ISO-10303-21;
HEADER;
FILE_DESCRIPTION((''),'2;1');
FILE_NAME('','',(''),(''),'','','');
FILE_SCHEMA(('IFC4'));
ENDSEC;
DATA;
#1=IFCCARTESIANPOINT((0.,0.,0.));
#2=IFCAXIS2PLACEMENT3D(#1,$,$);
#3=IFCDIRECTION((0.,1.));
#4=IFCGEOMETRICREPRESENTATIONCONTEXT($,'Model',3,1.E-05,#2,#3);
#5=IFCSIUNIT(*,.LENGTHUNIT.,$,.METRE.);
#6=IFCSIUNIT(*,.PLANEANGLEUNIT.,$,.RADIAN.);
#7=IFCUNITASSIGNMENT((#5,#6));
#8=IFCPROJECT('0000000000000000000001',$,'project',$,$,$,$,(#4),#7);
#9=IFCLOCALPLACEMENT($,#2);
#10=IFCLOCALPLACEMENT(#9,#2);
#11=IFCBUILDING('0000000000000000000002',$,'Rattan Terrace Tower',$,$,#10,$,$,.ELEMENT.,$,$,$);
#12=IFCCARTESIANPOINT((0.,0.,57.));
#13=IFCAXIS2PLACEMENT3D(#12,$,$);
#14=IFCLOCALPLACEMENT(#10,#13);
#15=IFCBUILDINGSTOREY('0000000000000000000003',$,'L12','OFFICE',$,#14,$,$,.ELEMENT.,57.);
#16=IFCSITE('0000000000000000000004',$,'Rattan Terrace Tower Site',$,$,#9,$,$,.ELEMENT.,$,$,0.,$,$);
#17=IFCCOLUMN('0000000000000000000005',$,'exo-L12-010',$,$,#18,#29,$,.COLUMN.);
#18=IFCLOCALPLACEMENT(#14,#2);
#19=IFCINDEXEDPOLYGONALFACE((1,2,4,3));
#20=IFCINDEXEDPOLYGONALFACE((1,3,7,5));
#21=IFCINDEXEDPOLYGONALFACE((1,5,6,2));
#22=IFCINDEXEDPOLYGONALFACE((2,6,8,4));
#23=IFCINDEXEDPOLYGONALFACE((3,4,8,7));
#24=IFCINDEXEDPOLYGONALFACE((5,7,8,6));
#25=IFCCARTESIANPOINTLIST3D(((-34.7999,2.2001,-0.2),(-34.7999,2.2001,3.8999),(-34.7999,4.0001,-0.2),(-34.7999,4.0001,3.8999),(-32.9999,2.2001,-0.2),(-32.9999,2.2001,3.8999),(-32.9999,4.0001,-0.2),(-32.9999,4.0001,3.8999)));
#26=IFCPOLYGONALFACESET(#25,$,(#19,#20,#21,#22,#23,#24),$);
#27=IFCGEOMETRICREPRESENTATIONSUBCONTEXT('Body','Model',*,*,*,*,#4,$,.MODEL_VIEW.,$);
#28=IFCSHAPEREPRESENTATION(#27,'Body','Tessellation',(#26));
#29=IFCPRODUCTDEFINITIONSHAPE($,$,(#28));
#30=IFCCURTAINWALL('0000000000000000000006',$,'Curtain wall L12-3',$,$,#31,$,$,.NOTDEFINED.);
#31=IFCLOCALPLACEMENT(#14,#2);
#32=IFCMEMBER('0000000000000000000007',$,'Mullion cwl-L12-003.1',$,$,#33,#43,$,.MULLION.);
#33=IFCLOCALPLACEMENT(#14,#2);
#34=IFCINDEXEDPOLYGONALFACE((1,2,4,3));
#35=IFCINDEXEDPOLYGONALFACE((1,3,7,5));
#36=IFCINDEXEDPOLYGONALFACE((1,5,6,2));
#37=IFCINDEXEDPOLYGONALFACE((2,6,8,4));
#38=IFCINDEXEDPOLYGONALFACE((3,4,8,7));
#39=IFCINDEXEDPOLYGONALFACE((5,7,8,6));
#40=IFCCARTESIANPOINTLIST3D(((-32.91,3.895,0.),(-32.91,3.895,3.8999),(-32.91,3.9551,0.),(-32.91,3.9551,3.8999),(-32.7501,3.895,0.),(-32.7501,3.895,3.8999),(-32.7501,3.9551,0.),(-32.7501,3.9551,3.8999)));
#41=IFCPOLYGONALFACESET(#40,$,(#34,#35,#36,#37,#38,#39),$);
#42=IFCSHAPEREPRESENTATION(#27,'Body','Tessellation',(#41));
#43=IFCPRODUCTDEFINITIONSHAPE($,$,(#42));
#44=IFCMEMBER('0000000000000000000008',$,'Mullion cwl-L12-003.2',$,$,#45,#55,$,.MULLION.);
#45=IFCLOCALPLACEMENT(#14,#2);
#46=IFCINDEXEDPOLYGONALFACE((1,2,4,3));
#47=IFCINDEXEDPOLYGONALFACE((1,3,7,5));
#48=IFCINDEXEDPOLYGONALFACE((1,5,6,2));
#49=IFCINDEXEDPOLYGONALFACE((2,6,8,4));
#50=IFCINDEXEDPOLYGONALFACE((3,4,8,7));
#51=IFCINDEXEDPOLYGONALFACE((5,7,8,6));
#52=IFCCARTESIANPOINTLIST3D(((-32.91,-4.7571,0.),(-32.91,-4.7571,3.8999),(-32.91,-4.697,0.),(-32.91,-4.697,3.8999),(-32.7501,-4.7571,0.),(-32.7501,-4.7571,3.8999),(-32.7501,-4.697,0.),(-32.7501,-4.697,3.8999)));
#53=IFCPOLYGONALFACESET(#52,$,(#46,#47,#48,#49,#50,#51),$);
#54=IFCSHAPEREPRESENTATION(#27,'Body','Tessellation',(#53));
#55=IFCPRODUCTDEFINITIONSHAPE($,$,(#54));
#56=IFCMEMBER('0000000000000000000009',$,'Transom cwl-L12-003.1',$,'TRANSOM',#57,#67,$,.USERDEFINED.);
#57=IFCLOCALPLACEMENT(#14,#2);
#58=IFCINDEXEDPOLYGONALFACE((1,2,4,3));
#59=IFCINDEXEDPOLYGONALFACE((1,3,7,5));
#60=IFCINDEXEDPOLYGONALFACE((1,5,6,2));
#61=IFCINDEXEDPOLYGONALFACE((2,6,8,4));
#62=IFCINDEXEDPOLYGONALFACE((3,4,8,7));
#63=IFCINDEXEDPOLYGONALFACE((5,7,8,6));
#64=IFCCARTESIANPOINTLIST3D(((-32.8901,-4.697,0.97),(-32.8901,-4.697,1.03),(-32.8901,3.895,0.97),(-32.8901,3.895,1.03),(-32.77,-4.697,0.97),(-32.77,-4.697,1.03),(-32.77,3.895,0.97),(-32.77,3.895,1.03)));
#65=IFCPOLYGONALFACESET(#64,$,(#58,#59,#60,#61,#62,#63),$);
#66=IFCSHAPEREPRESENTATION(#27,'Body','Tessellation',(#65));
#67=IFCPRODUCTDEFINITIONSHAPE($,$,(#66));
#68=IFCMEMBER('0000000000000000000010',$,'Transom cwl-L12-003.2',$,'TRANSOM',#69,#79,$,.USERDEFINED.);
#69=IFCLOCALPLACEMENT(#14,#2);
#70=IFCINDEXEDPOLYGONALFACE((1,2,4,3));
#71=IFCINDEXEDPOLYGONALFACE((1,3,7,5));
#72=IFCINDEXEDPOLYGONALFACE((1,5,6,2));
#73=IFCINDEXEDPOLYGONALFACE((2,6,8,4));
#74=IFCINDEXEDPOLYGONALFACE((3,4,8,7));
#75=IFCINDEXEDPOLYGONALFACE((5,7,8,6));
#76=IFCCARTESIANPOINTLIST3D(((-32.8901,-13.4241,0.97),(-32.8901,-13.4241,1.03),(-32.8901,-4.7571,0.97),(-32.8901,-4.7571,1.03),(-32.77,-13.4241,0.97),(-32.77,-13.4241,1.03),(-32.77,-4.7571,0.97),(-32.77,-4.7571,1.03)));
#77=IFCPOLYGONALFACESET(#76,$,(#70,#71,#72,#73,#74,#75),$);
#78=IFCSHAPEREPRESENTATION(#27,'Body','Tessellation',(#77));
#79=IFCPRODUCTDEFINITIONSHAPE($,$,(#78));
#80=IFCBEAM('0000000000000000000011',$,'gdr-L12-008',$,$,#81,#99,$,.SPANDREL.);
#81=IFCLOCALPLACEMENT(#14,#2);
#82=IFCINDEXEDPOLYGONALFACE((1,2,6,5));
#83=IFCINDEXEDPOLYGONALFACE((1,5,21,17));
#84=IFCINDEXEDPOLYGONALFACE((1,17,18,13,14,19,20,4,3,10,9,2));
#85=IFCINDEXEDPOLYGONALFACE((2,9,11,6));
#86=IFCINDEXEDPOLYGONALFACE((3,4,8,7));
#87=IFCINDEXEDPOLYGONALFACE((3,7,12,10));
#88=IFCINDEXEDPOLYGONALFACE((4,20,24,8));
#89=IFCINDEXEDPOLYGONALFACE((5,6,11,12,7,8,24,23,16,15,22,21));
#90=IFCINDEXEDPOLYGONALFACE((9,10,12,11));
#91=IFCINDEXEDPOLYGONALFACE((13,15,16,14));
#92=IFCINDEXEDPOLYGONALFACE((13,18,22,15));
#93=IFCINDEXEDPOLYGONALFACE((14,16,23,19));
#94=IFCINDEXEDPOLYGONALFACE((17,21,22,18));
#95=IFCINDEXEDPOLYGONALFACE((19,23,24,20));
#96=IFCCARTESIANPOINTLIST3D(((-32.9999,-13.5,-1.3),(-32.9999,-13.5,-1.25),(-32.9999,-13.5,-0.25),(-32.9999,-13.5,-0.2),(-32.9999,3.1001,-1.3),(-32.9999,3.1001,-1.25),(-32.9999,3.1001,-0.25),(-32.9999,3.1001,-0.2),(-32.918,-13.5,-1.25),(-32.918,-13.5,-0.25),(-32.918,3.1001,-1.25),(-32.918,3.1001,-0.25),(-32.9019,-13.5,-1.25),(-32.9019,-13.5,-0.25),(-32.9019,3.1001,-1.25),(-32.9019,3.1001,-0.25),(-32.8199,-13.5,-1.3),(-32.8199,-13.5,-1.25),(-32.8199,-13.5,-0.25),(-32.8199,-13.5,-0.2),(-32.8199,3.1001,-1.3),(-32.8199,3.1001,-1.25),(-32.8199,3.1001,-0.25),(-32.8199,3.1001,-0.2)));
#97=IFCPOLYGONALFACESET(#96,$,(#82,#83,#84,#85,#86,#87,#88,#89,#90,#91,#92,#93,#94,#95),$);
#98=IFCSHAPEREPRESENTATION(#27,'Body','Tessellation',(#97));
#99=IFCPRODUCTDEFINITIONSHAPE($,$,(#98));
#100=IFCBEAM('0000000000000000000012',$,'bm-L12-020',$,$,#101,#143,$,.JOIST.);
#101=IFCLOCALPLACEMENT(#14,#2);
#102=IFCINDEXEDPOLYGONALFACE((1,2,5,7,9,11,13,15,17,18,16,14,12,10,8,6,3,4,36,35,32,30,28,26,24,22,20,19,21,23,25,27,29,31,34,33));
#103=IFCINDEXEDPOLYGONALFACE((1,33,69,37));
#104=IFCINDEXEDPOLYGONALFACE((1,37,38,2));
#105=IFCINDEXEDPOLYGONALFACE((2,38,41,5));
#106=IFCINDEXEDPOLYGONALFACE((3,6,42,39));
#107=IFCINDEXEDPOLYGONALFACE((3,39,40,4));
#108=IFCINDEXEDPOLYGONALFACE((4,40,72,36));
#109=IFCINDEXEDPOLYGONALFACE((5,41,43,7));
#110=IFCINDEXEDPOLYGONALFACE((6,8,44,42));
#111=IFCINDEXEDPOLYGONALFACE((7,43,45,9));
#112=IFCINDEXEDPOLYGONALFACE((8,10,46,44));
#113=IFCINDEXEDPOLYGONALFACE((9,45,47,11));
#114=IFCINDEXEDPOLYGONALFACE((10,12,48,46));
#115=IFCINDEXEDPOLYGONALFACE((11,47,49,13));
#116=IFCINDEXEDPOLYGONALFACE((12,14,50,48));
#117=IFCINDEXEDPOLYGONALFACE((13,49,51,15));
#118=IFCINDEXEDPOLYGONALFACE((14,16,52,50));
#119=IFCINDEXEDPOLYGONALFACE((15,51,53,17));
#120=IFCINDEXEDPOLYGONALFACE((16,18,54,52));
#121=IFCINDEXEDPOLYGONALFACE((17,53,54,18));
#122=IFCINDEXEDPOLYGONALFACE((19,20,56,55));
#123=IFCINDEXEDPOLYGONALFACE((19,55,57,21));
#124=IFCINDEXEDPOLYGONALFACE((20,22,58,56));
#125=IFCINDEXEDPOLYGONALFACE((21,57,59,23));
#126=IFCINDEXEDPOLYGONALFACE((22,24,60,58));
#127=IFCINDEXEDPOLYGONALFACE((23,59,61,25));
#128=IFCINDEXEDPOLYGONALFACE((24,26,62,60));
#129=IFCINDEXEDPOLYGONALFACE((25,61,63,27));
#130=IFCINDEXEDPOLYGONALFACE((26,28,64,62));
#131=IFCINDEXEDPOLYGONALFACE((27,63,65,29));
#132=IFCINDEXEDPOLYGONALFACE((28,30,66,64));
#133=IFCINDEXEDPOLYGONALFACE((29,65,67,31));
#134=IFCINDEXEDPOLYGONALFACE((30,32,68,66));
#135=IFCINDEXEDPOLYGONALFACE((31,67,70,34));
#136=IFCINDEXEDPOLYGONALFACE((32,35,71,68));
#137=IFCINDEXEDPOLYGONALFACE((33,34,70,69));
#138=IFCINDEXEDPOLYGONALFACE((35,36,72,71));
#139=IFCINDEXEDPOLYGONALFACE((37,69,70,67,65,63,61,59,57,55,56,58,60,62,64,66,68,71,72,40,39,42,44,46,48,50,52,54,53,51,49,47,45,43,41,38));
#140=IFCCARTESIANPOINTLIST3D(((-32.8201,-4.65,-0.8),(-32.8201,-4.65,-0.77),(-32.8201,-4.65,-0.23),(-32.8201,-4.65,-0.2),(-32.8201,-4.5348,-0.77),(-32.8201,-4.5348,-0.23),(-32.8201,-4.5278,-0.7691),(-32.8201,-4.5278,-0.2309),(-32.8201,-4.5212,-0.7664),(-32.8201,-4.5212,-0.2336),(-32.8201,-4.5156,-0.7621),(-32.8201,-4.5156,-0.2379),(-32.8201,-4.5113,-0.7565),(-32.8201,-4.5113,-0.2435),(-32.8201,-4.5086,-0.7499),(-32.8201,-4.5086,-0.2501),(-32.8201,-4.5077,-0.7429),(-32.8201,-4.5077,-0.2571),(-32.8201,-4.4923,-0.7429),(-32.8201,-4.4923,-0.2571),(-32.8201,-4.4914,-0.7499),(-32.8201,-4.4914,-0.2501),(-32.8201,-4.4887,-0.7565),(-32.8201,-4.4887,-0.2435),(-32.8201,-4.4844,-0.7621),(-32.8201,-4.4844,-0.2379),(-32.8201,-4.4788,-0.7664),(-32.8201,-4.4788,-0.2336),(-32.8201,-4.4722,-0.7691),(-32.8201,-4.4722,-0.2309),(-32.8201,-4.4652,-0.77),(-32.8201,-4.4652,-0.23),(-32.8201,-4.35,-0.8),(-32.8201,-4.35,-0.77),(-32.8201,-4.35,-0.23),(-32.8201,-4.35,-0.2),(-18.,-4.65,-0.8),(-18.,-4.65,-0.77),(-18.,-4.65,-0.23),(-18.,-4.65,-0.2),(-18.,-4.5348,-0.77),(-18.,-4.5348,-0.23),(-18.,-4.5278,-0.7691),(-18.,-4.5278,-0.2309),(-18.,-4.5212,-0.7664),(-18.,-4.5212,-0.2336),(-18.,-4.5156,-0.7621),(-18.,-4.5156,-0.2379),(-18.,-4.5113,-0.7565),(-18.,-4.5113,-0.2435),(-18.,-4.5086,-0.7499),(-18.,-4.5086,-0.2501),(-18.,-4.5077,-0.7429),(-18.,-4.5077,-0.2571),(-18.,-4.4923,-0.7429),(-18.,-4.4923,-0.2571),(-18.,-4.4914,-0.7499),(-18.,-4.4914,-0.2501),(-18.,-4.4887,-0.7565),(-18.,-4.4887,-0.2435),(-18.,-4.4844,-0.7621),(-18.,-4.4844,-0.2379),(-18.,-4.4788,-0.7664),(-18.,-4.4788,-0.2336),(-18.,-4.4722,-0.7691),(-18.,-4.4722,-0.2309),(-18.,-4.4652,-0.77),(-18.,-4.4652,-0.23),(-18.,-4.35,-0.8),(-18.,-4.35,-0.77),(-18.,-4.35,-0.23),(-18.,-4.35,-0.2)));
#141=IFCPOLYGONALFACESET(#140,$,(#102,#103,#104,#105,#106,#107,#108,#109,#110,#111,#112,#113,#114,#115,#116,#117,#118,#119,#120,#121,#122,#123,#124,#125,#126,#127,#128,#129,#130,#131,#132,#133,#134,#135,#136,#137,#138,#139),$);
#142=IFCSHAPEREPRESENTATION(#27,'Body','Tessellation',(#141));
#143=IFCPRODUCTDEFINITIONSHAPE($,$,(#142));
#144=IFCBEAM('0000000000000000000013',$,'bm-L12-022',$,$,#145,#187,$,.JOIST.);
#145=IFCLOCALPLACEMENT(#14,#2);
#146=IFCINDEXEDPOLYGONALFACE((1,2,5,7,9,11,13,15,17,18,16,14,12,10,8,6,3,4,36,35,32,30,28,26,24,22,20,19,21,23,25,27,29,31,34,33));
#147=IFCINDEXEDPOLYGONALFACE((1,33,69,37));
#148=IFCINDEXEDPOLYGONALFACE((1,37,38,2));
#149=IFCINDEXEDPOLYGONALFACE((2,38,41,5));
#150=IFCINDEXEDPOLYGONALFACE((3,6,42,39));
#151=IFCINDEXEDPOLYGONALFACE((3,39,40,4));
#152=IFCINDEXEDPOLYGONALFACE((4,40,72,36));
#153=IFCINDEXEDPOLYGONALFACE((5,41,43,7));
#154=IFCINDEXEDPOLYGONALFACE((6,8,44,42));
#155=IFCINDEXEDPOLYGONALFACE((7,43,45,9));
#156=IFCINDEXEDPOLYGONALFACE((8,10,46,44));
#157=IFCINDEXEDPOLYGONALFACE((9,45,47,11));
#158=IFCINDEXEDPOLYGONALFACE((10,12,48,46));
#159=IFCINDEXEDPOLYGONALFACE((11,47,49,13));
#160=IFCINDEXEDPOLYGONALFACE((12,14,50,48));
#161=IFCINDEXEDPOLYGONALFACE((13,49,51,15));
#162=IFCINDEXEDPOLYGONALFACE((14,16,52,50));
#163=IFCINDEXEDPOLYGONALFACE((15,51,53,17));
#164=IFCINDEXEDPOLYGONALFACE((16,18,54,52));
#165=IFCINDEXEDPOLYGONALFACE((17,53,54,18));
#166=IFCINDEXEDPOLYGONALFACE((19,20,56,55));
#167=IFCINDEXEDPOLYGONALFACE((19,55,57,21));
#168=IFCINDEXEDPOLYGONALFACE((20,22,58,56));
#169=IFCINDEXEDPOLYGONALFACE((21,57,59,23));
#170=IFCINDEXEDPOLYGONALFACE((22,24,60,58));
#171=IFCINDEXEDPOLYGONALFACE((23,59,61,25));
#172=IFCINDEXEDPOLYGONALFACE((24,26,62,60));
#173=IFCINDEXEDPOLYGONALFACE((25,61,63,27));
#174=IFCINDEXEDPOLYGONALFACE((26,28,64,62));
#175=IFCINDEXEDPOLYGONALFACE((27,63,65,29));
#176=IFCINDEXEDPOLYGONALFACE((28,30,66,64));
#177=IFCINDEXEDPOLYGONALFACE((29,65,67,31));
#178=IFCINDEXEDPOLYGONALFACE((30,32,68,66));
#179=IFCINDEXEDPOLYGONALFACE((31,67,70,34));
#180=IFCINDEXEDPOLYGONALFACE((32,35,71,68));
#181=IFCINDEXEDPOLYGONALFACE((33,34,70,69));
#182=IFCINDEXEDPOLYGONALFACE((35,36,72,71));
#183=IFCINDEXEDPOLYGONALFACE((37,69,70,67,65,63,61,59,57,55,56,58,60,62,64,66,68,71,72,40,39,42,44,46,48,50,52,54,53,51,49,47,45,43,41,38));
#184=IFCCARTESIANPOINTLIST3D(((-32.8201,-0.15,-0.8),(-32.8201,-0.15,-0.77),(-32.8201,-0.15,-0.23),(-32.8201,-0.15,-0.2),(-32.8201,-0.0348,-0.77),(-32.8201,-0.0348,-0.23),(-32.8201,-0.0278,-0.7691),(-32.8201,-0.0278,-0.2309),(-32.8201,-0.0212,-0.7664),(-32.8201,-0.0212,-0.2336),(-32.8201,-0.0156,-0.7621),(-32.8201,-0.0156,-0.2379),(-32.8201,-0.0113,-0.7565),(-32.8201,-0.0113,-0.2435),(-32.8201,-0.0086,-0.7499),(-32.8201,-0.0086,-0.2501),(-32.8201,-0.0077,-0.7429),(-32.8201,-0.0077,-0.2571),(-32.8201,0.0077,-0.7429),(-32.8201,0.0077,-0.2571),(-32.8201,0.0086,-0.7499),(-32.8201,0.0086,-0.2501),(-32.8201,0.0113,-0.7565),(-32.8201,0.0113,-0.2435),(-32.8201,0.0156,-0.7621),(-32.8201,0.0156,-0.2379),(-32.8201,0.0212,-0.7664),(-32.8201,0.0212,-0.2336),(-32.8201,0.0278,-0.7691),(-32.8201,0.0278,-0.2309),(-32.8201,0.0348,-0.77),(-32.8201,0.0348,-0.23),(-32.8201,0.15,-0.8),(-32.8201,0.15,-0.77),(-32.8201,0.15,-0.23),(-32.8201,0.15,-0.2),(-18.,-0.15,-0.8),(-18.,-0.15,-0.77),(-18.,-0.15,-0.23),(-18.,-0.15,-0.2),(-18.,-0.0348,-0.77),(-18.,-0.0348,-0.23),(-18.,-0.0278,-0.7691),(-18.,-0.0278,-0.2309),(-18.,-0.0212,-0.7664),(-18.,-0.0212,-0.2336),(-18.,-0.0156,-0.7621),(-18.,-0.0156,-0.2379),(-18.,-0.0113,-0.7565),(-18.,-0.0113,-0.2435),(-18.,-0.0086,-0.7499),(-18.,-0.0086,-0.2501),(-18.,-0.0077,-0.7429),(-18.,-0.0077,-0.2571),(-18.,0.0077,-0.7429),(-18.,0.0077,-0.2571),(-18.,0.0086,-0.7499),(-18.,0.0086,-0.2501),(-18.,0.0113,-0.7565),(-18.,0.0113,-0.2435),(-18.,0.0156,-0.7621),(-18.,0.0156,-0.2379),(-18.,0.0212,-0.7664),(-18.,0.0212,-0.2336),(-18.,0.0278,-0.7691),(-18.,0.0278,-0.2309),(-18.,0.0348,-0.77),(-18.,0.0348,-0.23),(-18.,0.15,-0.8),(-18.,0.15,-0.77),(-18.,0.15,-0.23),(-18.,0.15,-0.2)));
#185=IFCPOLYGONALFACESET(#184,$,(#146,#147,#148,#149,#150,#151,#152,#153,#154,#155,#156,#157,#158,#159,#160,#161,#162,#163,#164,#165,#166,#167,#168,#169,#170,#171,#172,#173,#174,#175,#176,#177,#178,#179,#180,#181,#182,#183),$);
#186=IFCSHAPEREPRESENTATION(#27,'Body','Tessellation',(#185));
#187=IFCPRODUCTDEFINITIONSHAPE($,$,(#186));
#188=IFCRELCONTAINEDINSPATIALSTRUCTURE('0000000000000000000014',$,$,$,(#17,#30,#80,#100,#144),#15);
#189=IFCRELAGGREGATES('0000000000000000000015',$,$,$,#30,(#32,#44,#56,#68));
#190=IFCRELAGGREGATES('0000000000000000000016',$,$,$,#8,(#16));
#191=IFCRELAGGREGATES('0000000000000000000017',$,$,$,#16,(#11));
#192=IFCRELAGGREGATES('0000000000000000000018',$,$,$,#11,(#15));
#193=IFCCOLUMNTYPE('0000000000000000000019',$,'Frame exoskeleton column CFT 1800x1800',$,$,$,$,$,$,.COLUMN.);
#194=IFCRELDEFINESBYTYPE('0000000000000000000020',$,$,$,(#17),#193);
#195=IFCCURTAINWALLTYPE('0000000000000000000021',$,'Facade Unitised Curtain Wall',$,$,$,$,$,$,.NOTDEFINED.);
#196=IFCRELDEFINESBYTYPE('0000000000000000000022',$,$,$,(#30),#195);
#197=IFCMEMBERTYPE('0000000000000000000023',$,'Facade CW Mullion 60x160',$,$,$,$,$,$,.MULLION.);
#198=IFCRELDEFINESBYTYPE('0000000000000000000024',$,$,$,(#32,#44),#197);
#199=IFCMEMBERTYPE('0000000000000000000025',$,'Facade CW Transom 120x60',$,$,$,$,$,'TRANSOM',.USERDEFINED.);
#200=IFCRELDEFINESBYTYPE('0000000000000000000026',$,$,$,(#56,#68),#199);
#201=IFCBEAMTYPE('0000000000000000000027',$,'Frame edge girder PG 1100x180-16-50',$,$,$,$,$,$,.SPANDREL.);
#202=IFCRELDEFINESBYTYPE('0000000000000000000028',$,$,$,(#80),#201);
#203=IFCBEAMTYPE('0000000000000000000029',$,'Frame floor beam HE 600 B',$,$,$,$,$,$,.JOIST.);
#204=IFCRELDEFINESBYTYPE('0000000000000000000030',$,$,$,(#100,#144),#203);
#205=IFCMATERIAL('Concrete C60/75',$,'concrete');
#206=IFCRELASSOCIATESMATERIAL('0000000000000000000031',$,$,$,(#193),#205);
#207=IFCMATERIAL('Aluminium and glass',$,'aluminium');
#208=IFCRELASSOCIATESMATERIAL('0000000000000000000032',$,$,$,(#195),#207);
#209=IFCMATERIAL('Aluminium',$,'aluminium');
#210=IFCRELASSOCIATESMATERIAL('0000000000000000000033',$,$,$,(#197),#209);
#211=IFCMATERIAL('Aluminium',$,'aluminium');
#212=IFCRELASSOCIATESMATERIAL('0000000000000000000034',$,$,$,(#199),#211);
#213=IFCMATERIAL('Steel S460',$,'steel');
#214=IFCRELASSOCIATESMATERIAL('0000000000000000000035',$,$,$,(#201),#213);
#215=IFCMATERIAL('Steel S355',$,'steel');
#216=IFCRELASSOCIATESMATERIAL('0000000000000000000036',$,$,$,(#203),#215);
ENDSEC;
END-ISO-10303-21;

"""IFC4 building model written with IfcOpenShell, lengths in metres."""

from ifc_helpers import new_model, si_unit, direction, frame, origin, origin_2d, place, context, subcontext, project, spatial, rectangle, i_section, extrude, material, material_profile, profile_set, type_object, element, aggregate, save


model = new_model("IFC4")

# Units and contexts
model_context = context("Model", 3, precision=1e-05, world=origin(), true_north=direction((0.0, 1.0)))
body_context = subcontext(model_context, "Body", "Model", "MODEL_VIEW")
ifc_project = project(units=[si_unit("LENGTHUNIT", "METRE"), si_unit("PLANEANGLEUNIT", "RADIAN")], contexts=[model_context])

# Site, building, storey
site_placement = place(None, origin())
site = spatial("IfcSite", under=ifc_project, at=site_placement, Name="Rattan Terrace Tower Site", CompositionType="ELEMENT", RefElevation=0.0)
building_placement = place(site_placement, origin())
building = spatial("IfcBuilding", under=site, at=building_placement, Name="Rattan Terrace Tower", CompositionType="ELEMENT")
storey_placement = place(building_placement, frame((0.0, 0.0, 57.0)))
storey = spatial("IfcBuildingStorey", under=building, at=storey_placement, Name="L12", Description="OFFICE", CompositionType="ELEMENT", Elevation=57.0)

# Column
ifc_material_1 = material(Name="Concrete C60/75", Category="concrete")
ifc_material_profile_1 = material_profile(ifc_material_1, rectangle(XDim=1.8, YDim=1.8, at=origin_2d()), Name="CFT 1800x1800")
ifc_profile_set_1 = profile_set([ifc_material_profile_1], Name="Concrete C60/75")
column_type = type_object("IfcColumnType", Name="Frame exoskeleton column CFT 1800x1800", PredefinedType="COLUMN", material=ifc_profile_set_1)
column_placement = place(storey_placement, frame((-33.8999, 3.1001, -0.2), z_axis=(0.0, 0.0, 1.0), x_axis=(0.0, 1.0, 0.0)))
element("IfcColumn", 1, at=column_placement, inside=storey, type_object=column_type, Name="exo-L12-010", PredefinedType="COLUMN", context=body_context, shape_type="SweptSolid", body=[
    extrude(rectangle(XDim=1.8, YDim=1.8, at=origin_2d()), origin(), (0.0, 0.0, 1.0), 4.0999),
])

# Curtain wall, members
ifc_material_2 = material(Name="Aluminium and glass", Category="aluminium")
curtain_wall_type = type_object("IfcCurtainWallType", Name="Facade Unitised Curtain Wall", PredefinedType="NOTDEFINED", material=ifc_material_2)
curtain_wall_placement = place(storey_placement, origin())
curtain_wall = element("IfcCurtainWall", 2, at=curtain_wall_placement, inside=storey, type_object=curtain_wall_type, Name="Curtain wall L12-3", PredefinedType="NOTDEFINED")
ifc_material_3 = material(Name="Aluminium", Category="aluminium")
ifc_material_profile_2 = material_profile(ifc_material_3, rectangle(XDim=0.0601, YDim=0.1599, at=origin_2d()), Name="Aluminium 60x160")
ifc_profile_set_2 = profile_set([ifc_material_profile_2], Name="Aluminium")
member_type_1 = type_object("IfcMemberType", Name="Facade CW Mullion 60x160", PredefinedType="MULLION", material=ifc_profile_set_2)
member_1_placement = place(storey_placement, frame((-32.8301, 3.925, 0.0), z_axis=(0.0, 0.0, 1.0), x_axis=(0.0, -1.0, 0.0)))
member_1 = element("IfcMember", 3, at=member_1_placement, type_object=member_type_1, Name="Mullion cwl-L12-003.1", PredefinedType="MULLION", context=body_context, shape_type="SweptSolid", body=[
    extrude(rectangle(XDim=0.0601, YDim=0.1599, at=origin_2d()), origin(), (0.0, 0.0, 1.0), 3.8999),
])
member_2_placement = place(storey_placement, frame((-32.8301, -4.7271, 0.0), z_axis=(0.0, 0.0, 1.0), x_axis=(0.0, -1.0, 0.0)))
member_2 = element("IfcMember", 4, at=member_2_placement, type_object=member_type_1, Name="Mullion cwl-L12-003.2", PredefinedType="MULLION", context=body_context, shape_type="SweptSolid", body=[
    extrude(rectangle(XDim=0.0601, YDim=0.1599, at=origin_2d()), origin(), (0.0, 0.0, 1.0), 3.8999),
])
ifc_material_4 = material(Name="Aluminium", Category="aluminium")
ifc_material_profile_3 = material_profile(ifc_material_4, rectangle(XDim=0.1201, YDim=0.0601, at=origin_2d()), Name="Aluminium 120x60")
ifc_profile_set_3 = profile_set([ifc_material_profile_3], Name="Aluminium")
member_type_2 = type_object("IfcMemberType", Name="Facade CW Transom 120x60", ElementType="TRANSOM", PredefinedType="USERDEFINED", material=ifc_profile_set_3)
member_3_placement = place(storey_placement, frame((-32.8301, 3.895, 1.0), z_axis=(0.0, -1.0, 0.0), x_axis=(1.0, 0.0, 0.0)))
member_3 = element("IfcMember", 5, at=member_3_placement, type_object=member_type_2, Name="Transom cwl-L12-003.1", ObjectType="TRANSOM", PredefinedType="USERDEFINED", context=body_context, shape_type="SweptSolid", body=[
    extrude(rectangle(XDim=0.1201, YDim=0.0601, at=origin_2d()), origin(), (0.0, 0.0, 1.0), 8.592),
])
member_4_placement = place(storey_placement, frame((-32.8301, -4.7571, 1.0), z_axis=(0.0, -1.0, 0.0), x_axis=(1.0, 0.0, 0.0)))
member_4 = element("IfcMember", 6, at=member_4_placement, type_object=member_type_2, Name="Transom cwl-L12-003.2", ObjectType="TRANSOM", PredefinedType="USERDEFINED", context=body_context, shape_type="SweptSolid", body=[
    extrude(rectangle(XDim=0.1201, YDim=0.0601, at=origin_2d()), origin(), (0.0, 0.0, 1.0), 8.667),
])

# Beams
ifc_material_5 = material(Name="Steel S460", Category="steel")
ifc_material_profile_4 = material_profile(ifc_material_5, i_section(OverallWidth=0.1799, OverallDepth=1.1001, WebThickness=0.0161, FlangeThickness=0.05, at=origin_2d()), Name="PG 1100x180-16-50")
ifc_profile_set_4 = profile_set([ifc_material_profile_4], Name="Steel S460")
beam_type_1 = type_object("IfcBeamType", Name="Frame edge girder PG 1100x180-16-50", PredefinedType="SPANDREL", material=ifc_profile_set_4)
beam_placement = place(storey_placement, frame((-32.9099, 3.1001, -0.75), z_axis=(0.0, -1.0, 0.0), x_axis=(1.0, 0.0, 0.0)))
element("IfcBeam", 7, at=beam_placement, inside=storey, type_object=beam_type_1, Name="gdr-L12-008", PredefinedType="SPANDREL", context=body_context, shape_type="SweptSolid", body=[
    extrude(i_section(OverallWidth=0.1799, OverallDepth=1.1001, WebThickness=0.0161, FlangeThickness=0.05, at=origin_2d()), origin(), (0.0, 0.0, 1.0), 16.6001),
])
ifc_material_6 = material(Name="Steel S355", Category="steel")
ifc_material_profile_5 = material_profile(ifc_material_6, i_section(OverallWidth=0.3, OverallDepth=0.6001, WebThickness=0.0154, FlangeThickness=0.03, FilletRadius=0.0271, at=origin_2d()), Name="HE 600 B")
ifc_profile_set_5 = profile_set([ifc_material_profile_5], Name="Steel S355")
beam_type_2 = type_object("IfcBeamType", Name="Frame floor beam HE 600 B", PredefinedType="JOIST", material=ifc_profile_set_5)
for number, where, z_axis, x_axis, name in (
    (8, (-32.8201, -4.5, -0.5), (1.0, 0.0, 0.0), (0.0, 1.0, 0.0), "bm-L12-020"),
    (9, (-32.8201, 0.0, -0.5), (1.0, 0.0, 0.0), (0.0, 1.0, 0.0), "bm-L12-022"),
):
    element("IfcBeam", number, at=place(storey_placement, frame(where, z_axis=z_axis, x_axis=x_axis)), inside=storey, type_object=beam_type_2, Name=name, PredefinedType="JOIST", context=body_context, shape_type="SweptSolid", body=[
        extrude(i_section(OverallWidth=0.3, OverallDepth=0.6001, WebThickness=0.0154, FlangeThickness=0.03, FilletRadius=0.0271, at=origin_2d()), origin(), (0.0, 0.0, 1.0), 14.8201),
    ])

aggregate(curtain_wall, [member_1, member_2, member_3, member_4])

save(model, "model.ifc")
